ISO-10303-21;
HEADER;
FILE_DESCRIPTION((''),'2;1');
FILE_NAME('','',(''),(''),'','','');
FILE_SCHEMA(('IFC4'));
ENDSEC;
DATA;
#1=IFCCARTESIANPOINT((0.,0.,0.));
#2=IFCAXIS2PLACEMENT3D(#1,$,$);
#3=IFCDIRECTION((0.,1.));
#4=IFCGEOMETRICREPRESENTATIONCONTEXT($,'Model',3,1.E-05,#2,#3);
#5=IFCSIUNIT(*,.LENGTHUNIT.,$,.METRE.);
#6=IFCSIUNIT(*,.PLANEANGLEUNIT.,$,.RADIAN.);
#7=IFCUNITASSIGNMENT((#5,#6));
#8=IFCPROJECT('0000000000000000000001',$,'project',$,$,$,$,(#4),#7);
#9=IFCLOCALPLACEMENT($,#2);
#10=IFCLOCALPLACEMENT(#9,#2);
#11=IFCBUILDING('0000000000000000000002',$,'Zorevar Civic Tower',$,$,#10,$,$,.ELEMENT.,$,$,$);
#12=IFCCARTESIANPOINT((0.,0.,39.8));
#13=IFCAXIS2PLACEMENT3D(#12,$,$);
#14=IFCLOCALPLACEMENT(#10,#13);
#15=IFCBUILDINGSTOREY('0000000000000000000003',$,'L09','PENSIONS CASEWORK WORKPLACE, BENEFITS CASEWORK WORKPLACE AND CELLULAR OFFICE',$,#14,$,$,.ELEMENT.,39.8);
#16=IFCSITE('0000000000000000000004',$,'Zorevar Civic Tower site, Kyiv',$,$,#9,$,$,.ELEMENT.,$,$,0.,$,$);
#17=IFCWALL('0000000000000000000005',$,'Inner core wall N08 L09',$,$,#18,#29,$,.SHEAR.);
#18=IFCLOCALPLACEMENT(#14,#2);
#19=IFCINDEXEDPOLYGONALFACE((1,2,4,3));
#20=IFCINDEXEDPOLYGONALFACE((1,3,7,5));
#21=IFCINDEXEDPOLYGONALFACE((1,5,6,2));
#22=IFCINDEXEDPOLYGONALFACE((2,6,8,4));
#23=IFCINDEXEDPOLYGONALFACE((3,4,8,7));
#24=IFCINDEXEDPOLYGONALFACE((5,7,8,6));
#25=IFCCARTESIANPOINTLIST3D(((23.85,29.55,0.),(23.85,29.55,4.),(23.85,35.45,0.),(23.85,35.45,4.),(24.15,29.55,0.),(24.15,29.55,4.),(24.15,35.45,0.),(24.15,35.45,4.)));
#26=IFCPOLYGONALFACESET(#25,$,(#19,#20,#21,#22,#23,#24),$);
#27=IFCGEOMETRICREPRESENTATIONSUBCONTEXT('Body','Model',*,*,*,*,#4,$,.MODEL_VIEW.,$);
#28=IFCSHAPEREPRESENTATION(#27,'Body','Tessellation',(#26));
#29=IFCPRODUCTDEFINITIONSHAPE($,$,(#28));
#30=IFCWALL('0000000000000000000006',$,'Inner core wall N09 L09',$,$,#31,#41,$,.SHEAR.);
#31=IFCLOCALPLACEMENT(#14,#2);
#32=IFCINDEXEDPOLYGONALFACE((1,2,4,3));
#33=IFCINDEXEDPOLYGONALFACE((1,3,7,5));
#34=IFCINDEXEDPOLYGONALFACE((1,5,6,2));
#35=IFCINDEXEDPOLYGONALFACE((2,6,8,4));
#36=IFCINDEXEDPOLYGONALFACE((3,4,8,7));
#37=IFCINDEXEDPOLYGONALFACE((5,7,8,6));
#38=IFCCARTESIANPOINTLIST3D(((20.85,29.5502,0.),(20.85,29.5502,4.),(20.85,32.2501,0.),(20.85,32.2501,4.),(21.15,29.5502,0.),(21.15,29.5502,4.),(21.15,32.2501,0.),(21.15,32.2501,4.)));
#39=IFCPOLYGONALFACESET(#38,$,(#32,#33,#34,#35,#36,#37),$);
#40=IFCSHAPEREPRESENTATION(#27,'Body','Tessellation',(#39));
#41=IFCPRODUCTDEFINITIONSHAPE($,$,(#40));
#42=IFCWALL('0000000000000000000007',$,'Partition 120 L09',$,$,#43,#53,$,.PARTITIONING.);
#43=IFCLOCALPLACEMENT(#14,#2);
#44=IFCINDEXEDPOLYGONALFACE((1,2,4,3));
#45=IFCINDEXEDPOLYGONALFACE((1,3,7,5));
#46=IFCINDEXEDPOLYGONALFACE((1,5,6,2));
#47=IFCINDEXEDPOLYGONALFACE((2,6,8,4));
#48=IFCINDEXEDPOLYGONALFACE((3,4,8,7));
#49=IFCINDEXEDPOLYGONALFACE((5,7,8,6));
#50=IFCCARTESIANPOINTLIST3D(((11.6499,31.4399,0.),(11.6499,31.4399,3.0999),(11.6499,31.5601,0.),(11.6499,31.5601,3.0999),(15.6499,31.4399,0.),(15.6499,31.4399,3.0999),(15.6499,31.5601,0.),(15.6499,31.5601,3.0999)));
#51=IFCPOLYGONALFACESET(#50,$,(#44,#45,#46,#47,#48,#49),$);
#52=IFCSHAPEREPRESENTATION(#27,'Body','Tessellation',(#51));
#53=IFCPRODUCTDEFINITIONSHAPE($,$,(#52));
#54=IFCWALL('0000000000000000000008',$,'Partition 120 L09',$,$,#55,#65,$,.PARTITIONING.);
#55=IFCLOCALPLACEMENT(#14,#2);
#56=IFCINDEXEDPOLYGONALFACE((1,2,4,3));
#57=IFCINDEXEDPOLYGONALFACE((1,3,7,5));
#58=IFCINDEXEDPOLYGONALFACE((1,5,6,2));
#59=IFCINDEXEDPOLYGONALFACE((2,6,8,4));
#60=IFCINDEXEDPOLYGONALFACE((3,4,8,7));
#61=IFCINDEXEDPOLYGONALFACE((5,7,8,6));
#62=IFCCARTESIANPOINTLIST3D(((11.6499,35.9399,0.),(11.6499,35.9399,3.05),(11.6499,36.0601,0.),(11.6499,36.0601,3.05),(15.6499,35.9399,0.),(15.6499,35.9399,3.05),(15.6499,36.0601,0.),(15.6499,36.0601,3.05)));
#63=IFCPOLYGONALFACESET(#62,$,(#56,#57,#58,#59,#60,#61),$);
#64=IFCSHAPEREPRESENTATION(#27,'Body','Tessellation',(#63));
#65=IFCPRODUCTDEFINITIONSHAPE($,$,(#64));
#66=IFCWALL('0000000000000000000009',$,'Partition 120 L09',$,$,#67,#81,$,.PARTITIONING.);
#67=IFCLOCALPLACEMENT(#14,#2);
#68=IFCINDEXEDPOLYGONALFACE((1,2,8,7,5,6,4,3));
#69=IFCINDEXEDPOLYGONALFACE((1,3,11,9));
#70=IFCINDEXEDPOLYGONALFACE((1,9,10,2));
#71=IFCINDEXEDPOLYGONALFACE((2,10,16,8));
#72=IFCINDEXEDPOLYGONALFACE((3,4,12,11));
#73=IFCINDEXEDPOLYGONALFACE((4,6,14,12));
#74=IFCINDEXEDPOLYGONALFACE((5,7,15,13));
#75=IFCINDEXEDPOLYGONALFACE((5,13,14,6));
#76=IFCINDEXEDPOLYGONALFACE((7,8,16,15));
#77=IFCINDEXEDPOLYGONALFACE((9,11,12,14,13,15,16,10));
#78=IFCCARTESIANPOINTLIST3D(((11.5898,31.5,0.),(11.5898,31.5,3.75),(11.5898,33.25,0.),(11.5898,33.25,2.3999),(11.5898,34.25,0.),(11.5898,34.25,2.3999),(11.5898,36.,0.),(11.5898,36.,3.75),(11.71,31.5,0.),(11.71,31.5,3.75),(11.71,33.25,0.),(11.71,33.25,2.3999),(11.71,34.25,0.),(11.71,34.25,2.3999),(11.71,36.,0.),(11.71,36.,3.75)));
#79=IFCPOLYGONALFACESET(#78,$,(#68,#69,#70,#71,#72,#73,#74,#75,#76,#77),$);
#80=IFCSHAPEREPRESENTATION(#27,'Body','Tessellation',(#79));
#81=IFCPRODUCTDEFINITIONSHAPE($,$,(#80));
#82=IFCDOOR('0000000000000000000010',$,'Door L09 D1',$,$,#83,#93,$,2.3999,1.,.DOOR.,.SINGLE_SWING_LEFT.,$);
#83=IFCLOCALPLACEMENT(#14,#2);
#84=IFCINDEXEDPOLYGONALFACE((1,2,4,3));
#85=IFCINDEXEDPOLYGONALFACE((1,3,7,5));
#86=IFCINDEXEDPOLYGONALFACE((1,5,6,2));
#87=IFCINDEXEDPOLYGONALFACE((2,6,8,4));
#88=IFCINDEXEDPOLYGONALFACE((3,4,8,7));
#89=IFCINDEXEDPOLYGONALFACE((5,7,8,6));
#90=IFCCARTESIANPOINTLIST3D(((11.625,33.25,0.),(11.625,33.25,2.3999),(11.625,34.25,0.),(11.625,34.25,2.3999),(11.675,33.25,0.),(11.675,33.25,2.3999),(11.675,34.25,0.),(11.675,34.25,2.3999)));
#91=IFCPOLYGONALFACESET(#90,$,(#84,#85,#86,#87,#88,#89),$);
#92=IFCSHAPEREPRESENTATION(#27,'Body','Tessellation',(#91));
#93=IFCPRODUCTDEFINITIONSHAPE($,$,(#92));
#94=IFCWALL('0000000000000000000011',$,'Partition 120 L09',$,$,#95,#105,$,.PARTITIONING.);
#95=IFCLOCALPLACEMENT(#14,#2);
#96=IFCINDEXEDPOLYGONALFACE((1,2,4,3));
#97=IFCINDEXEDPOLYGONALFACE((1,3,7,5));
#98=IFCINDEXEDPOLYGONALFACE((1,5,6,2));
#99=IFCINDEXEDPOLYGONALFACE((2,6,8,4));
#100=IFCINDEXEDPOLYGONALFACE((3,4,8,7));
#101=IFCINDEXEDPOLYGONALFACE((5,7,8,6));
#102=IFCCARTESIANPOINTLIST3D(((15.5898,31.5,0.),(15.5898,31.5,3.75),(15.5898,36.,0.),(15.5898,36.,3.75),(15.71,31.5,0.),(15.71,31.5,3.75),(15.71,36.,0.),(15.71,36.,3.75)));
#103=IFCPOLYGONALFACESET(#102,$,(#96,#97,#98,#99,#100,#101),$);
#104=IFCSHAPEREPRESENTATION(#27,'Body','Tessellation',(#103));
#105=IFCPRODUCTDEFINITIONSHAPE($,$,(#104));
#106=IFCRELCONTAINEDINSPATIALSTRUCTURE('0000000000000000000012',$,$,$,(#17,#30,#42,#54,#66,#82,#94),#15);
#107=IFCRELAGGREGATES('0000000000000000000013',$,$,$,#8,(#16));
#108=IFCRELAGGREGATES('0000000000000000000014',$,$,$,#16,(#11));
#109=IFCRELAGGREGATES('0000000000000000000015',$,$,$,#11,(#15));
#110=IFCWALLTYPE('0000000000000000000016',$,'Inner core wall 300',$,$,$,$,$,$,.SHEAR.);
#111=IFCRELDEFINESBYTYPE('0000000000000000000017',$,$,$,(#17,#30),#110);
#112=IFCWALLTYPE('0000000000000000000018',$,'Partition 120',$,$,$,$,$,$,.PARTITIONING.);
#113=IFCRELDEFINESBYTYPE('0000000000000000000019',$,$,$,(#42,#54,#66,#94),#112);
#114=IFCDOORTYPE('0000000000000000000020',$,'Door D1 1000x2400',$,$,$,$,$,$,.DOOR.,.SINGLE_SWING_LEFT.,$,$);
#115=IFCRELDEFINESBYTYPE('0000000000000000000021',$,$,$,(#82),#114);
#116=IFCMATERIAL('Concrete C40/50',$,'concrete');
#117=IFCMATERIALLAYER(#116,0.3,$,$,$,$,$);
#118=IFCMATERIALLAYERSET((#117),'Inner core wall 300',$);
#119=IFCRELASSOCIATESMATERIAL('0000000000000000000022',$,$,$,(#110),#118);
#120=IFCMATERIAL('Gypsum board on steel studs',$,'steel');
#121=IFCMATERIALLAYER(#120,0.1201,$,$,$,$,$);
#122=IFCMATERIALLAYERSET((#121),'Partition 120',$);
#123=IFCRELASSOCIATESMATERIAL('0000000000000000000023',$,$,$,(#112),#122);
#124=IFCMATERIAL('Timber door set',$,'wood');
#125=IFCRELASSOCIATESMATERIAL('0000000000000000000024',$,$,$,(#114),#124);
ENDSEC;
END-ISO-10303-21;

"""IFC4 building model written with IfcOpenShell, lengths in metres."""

from ifc_helpers import new_model, si_unit, direction, frame, frame_2d, origin, place, context, subcontext, project, spatial, rectangle, extrude, material, layer, layer_set, type_object, element, fill, save


model = new_model("IFC4")

# Units and contexts
model_context = context("Model", 3, precision=1e-05, world=origin(), true_north=direction((0.0, 1.0)))
body_context = subcontext(model_context, "Body", "Model", "MODEL_VIEW")
ifc_project = project(units=[si_unit("LENGTHUNIT", "METRE"), si_unit("PLANEANGLEUNIT", "RADIAN")], contexts=[model_context])

# Site, building, storey
site_placement = place(None, origin())
site = spatial("IfcSite", under=ifc_project, at=site_placement, Name="Zorevar Civic Tower site, Kyiv", CompositionType="ELEMENT", RefElevation=0.0)
building_placement = place(site_placement, origin())
building = spatial("IfcBuilding", under=site, at=building_placement, Name="Zorevar Civic Tower", CompositionType="ELEMENT")
storey_placement = place(building_placement, frame((0.0, 0.0, 39.8)))
storey = spatial("IfcBuildingStorey", under=building, at=storey_placement, Name="L09", Description="PENSIONS CASEWORK WORKPLACE, BENEFITS CASEWORK WORKPLACE AND CELLULAR OFFICE", CompositionType="ELEMENT", Elevation=39.8)

# Shared definitions
ifc_material_1 = material(Name="Concrete C40/50", Category="concrete")
ifc_layer_1 = layer(ifc_material_1, 0.3)
ifc_layer_set_1 = layer_set([ifc_layer_1], Name="Inner core wall 300")
wall_type_1 = type_object("IfcWallType", Name="Inner core wall 300", PredefinedType="SHEAR", material=ifc_layer_set_1)

# Walls
wall_1_placement = place(storey_placement, frame((24.0, 29.55, 0.0), z_axis=(0.0, 0.0, 1.0), x_axis=(0.0, 1.0, 0.0)))
element("IfcWall", 1, at=wall_1_placement, inside=storey, type_object=wall_type_1, Name="Inner core wall N08 L09", PredefinedType="SHEAR", context=body_context, shape_type="SweptSolid", body=[
    extrude(rectangle(XDim=5.8999, YDim=0.3, at=frame_2d((2.95, 0.0))), origin(), (0.0, 0.0, 1.0), 4.0),
])
wall_2_placement = place(storey_placement, frame((21.0, 29.55, 0.0), z_axis=(0.0, 0.0, 1.0), x_axis=(0.0, 1.0, 0.0)))
element("IfcWall", 2, at=wall_2_placement, inside=storey, type_object=wall_type_1, Name="Inner core wall N09 L09", PredefinedType="SHEAR", context=body_context, shape_type="SweptSolid", body=[
    extrude(rectangle(XDim=2.7, YDim=0.3, at=frame_2d((1.3501, 0.0))), origin(), (0.0, 0.0, 1.0), 4.0),
])
ifc_material_2 = material(Name="Gypsum board on steel studs", Category="steel")
ifc_layer_2 = layer(ifc_material_2, 0.1201)
ifc_layer_set_2 = layer_set([ifc_layer_2], Name="Partition 120")
wall_type_2 = type_object("IfcWallType", Name="Partition 120", PredefinedType="PARTITIONING", material=ifc_layer_set_2)
wall_3_placement = place(storey_placement, frame((11.6499, 31.5, 0.0), z_axis=(0.0, 0.0, 1.0), x_axis=(1.0, 0.0, 0.0)))
element("IfcWall", 3, at=wall_3_placement, inside=storey, type_object=wall_type_2, Name="Partition 120 L09", PredefinedType="PARTITIONING", context=body_context, shape_type="SweptSolid", body=[
    extrude(rectangle(XDim=4.0, YDim=0.1201, at=frame_2d((2.0, 0.0))), origin(), (0.0, 0.0, 1.0), 3.0999),
])
wall_4_placement = place(storey_placement, frame((11.6499, 36.0, 0.0), z_axis=(0.0, 0.0, 1.0), x_axis=(1.0, 0.0, 0.0)))
element("IfcWall", 4, at=wall_4_placement, inside=storey, type_object=wall_type_2, Name="Partition 120 L09", PredefinedType="PARTITIONING", context=body_context, shape_type="SweptSolid", body=[
    extrude(rectangle(XDim=4.0, YDim=0.1201, at=frame_2d((2.0, 0.0))), origin(), (0.0, 0.0, 1.0), 3.05),
])

# Wall, opening, door
wall_5_placement = place(storey_placement, frame((11.6499, 31.5, 0.0), z_axis=(0.0, 0.0, 1.0), x_axis=(0.0, 1.0, 0.0)))
wall_5 = element("IfcWall", 5, at=wall_5_placement, inside=storey, type_object=wall_type_2, Name="Partition 120 L09", PredefinedType="PARTITIONING", context=body_context, shape_type="SweptSolid", body=[
    extrude(rectangle(XDim=4.5, YDim=0.1201, at=frame_2d((2.25, 0.0))), origin(), (0.0, 0.0, 1.0), 3.75),
])
opening_1_placement = place(wall_5_placement, frame((1.75, 0.0, 0.0)))
opening_1 = element("IfcOpeningElement", 6, at=opening_1_placement, cuts=wall_5, PredefinedType="OPENING", context=body_context, shape_type="SweptSolid", body=[
    extrude(rectangle(XDim=1.0, YDim=2.3999, at=frame_2d((0.5, 1.2))), frame((0.0, 0.0701, 0.0), z_axis=(0.0, -1.0, 0.0), x_axis=(1.0, 0.0, 0.0)), (0.0, 0.0, 1.0), 0.1401),
])
ifc_material_3 = material(Name="Timber door set", Category="wood")
door_type_1 = type_object("IfcDoorType", Name="Door D1 1000x2400", OperationType="SINGLE_SWING_LEFT", PredefinedType="DOOR", material=ifc_material_3)
door_1_placement = place(opening_1_placement, origin())
door_1 = element("IfcDoor", 7, at=door_1_placement, inside=storey, type_object=door_type_1, Name="Door L09 D1", OperationType="SINGLE_SWING_LEFT", OverallHeight=2.3999, OverallWidth=1.0, PredefinedType="DOOR", context=body_context, shape_type="SweptSolid", body=[
    extrude(rectangle(XDim=1.0, YDim=2.3999, at=frame_2d((0.5, 1.2))), frame((0.0, 0.0249, 0.0), z_axis=(0.0, -1.0, 0.0), x_axis=(1.0, 0.0, 0.0)), (0.0, 0.0, 1.0), 0.05),
])
fill(opening_1, door_1)

# Wall
wall_6_placement = place(storey_placement, frame((15.6499, 31.5, 0.0), z_axis=(0.0, 0.0, 1.0), x_axis=(0.0, 1.0, 0.0)))
element("IfcWall", 8, at=wall_6_placement, inside=storey, type_object=wall_type_2, Name="Partition 120 L09", PredefinedType="PARTITIONING", context=body_context, shape_type="SweptSolid", body=[
    extrude(rectangle(XDim=4.5, YDim=0.1201, at=frame_2d((2.25, 0.0))), origin(), (0.0, 0.0, 1.0), 3.75),
])

save(model, "model.ifc")
